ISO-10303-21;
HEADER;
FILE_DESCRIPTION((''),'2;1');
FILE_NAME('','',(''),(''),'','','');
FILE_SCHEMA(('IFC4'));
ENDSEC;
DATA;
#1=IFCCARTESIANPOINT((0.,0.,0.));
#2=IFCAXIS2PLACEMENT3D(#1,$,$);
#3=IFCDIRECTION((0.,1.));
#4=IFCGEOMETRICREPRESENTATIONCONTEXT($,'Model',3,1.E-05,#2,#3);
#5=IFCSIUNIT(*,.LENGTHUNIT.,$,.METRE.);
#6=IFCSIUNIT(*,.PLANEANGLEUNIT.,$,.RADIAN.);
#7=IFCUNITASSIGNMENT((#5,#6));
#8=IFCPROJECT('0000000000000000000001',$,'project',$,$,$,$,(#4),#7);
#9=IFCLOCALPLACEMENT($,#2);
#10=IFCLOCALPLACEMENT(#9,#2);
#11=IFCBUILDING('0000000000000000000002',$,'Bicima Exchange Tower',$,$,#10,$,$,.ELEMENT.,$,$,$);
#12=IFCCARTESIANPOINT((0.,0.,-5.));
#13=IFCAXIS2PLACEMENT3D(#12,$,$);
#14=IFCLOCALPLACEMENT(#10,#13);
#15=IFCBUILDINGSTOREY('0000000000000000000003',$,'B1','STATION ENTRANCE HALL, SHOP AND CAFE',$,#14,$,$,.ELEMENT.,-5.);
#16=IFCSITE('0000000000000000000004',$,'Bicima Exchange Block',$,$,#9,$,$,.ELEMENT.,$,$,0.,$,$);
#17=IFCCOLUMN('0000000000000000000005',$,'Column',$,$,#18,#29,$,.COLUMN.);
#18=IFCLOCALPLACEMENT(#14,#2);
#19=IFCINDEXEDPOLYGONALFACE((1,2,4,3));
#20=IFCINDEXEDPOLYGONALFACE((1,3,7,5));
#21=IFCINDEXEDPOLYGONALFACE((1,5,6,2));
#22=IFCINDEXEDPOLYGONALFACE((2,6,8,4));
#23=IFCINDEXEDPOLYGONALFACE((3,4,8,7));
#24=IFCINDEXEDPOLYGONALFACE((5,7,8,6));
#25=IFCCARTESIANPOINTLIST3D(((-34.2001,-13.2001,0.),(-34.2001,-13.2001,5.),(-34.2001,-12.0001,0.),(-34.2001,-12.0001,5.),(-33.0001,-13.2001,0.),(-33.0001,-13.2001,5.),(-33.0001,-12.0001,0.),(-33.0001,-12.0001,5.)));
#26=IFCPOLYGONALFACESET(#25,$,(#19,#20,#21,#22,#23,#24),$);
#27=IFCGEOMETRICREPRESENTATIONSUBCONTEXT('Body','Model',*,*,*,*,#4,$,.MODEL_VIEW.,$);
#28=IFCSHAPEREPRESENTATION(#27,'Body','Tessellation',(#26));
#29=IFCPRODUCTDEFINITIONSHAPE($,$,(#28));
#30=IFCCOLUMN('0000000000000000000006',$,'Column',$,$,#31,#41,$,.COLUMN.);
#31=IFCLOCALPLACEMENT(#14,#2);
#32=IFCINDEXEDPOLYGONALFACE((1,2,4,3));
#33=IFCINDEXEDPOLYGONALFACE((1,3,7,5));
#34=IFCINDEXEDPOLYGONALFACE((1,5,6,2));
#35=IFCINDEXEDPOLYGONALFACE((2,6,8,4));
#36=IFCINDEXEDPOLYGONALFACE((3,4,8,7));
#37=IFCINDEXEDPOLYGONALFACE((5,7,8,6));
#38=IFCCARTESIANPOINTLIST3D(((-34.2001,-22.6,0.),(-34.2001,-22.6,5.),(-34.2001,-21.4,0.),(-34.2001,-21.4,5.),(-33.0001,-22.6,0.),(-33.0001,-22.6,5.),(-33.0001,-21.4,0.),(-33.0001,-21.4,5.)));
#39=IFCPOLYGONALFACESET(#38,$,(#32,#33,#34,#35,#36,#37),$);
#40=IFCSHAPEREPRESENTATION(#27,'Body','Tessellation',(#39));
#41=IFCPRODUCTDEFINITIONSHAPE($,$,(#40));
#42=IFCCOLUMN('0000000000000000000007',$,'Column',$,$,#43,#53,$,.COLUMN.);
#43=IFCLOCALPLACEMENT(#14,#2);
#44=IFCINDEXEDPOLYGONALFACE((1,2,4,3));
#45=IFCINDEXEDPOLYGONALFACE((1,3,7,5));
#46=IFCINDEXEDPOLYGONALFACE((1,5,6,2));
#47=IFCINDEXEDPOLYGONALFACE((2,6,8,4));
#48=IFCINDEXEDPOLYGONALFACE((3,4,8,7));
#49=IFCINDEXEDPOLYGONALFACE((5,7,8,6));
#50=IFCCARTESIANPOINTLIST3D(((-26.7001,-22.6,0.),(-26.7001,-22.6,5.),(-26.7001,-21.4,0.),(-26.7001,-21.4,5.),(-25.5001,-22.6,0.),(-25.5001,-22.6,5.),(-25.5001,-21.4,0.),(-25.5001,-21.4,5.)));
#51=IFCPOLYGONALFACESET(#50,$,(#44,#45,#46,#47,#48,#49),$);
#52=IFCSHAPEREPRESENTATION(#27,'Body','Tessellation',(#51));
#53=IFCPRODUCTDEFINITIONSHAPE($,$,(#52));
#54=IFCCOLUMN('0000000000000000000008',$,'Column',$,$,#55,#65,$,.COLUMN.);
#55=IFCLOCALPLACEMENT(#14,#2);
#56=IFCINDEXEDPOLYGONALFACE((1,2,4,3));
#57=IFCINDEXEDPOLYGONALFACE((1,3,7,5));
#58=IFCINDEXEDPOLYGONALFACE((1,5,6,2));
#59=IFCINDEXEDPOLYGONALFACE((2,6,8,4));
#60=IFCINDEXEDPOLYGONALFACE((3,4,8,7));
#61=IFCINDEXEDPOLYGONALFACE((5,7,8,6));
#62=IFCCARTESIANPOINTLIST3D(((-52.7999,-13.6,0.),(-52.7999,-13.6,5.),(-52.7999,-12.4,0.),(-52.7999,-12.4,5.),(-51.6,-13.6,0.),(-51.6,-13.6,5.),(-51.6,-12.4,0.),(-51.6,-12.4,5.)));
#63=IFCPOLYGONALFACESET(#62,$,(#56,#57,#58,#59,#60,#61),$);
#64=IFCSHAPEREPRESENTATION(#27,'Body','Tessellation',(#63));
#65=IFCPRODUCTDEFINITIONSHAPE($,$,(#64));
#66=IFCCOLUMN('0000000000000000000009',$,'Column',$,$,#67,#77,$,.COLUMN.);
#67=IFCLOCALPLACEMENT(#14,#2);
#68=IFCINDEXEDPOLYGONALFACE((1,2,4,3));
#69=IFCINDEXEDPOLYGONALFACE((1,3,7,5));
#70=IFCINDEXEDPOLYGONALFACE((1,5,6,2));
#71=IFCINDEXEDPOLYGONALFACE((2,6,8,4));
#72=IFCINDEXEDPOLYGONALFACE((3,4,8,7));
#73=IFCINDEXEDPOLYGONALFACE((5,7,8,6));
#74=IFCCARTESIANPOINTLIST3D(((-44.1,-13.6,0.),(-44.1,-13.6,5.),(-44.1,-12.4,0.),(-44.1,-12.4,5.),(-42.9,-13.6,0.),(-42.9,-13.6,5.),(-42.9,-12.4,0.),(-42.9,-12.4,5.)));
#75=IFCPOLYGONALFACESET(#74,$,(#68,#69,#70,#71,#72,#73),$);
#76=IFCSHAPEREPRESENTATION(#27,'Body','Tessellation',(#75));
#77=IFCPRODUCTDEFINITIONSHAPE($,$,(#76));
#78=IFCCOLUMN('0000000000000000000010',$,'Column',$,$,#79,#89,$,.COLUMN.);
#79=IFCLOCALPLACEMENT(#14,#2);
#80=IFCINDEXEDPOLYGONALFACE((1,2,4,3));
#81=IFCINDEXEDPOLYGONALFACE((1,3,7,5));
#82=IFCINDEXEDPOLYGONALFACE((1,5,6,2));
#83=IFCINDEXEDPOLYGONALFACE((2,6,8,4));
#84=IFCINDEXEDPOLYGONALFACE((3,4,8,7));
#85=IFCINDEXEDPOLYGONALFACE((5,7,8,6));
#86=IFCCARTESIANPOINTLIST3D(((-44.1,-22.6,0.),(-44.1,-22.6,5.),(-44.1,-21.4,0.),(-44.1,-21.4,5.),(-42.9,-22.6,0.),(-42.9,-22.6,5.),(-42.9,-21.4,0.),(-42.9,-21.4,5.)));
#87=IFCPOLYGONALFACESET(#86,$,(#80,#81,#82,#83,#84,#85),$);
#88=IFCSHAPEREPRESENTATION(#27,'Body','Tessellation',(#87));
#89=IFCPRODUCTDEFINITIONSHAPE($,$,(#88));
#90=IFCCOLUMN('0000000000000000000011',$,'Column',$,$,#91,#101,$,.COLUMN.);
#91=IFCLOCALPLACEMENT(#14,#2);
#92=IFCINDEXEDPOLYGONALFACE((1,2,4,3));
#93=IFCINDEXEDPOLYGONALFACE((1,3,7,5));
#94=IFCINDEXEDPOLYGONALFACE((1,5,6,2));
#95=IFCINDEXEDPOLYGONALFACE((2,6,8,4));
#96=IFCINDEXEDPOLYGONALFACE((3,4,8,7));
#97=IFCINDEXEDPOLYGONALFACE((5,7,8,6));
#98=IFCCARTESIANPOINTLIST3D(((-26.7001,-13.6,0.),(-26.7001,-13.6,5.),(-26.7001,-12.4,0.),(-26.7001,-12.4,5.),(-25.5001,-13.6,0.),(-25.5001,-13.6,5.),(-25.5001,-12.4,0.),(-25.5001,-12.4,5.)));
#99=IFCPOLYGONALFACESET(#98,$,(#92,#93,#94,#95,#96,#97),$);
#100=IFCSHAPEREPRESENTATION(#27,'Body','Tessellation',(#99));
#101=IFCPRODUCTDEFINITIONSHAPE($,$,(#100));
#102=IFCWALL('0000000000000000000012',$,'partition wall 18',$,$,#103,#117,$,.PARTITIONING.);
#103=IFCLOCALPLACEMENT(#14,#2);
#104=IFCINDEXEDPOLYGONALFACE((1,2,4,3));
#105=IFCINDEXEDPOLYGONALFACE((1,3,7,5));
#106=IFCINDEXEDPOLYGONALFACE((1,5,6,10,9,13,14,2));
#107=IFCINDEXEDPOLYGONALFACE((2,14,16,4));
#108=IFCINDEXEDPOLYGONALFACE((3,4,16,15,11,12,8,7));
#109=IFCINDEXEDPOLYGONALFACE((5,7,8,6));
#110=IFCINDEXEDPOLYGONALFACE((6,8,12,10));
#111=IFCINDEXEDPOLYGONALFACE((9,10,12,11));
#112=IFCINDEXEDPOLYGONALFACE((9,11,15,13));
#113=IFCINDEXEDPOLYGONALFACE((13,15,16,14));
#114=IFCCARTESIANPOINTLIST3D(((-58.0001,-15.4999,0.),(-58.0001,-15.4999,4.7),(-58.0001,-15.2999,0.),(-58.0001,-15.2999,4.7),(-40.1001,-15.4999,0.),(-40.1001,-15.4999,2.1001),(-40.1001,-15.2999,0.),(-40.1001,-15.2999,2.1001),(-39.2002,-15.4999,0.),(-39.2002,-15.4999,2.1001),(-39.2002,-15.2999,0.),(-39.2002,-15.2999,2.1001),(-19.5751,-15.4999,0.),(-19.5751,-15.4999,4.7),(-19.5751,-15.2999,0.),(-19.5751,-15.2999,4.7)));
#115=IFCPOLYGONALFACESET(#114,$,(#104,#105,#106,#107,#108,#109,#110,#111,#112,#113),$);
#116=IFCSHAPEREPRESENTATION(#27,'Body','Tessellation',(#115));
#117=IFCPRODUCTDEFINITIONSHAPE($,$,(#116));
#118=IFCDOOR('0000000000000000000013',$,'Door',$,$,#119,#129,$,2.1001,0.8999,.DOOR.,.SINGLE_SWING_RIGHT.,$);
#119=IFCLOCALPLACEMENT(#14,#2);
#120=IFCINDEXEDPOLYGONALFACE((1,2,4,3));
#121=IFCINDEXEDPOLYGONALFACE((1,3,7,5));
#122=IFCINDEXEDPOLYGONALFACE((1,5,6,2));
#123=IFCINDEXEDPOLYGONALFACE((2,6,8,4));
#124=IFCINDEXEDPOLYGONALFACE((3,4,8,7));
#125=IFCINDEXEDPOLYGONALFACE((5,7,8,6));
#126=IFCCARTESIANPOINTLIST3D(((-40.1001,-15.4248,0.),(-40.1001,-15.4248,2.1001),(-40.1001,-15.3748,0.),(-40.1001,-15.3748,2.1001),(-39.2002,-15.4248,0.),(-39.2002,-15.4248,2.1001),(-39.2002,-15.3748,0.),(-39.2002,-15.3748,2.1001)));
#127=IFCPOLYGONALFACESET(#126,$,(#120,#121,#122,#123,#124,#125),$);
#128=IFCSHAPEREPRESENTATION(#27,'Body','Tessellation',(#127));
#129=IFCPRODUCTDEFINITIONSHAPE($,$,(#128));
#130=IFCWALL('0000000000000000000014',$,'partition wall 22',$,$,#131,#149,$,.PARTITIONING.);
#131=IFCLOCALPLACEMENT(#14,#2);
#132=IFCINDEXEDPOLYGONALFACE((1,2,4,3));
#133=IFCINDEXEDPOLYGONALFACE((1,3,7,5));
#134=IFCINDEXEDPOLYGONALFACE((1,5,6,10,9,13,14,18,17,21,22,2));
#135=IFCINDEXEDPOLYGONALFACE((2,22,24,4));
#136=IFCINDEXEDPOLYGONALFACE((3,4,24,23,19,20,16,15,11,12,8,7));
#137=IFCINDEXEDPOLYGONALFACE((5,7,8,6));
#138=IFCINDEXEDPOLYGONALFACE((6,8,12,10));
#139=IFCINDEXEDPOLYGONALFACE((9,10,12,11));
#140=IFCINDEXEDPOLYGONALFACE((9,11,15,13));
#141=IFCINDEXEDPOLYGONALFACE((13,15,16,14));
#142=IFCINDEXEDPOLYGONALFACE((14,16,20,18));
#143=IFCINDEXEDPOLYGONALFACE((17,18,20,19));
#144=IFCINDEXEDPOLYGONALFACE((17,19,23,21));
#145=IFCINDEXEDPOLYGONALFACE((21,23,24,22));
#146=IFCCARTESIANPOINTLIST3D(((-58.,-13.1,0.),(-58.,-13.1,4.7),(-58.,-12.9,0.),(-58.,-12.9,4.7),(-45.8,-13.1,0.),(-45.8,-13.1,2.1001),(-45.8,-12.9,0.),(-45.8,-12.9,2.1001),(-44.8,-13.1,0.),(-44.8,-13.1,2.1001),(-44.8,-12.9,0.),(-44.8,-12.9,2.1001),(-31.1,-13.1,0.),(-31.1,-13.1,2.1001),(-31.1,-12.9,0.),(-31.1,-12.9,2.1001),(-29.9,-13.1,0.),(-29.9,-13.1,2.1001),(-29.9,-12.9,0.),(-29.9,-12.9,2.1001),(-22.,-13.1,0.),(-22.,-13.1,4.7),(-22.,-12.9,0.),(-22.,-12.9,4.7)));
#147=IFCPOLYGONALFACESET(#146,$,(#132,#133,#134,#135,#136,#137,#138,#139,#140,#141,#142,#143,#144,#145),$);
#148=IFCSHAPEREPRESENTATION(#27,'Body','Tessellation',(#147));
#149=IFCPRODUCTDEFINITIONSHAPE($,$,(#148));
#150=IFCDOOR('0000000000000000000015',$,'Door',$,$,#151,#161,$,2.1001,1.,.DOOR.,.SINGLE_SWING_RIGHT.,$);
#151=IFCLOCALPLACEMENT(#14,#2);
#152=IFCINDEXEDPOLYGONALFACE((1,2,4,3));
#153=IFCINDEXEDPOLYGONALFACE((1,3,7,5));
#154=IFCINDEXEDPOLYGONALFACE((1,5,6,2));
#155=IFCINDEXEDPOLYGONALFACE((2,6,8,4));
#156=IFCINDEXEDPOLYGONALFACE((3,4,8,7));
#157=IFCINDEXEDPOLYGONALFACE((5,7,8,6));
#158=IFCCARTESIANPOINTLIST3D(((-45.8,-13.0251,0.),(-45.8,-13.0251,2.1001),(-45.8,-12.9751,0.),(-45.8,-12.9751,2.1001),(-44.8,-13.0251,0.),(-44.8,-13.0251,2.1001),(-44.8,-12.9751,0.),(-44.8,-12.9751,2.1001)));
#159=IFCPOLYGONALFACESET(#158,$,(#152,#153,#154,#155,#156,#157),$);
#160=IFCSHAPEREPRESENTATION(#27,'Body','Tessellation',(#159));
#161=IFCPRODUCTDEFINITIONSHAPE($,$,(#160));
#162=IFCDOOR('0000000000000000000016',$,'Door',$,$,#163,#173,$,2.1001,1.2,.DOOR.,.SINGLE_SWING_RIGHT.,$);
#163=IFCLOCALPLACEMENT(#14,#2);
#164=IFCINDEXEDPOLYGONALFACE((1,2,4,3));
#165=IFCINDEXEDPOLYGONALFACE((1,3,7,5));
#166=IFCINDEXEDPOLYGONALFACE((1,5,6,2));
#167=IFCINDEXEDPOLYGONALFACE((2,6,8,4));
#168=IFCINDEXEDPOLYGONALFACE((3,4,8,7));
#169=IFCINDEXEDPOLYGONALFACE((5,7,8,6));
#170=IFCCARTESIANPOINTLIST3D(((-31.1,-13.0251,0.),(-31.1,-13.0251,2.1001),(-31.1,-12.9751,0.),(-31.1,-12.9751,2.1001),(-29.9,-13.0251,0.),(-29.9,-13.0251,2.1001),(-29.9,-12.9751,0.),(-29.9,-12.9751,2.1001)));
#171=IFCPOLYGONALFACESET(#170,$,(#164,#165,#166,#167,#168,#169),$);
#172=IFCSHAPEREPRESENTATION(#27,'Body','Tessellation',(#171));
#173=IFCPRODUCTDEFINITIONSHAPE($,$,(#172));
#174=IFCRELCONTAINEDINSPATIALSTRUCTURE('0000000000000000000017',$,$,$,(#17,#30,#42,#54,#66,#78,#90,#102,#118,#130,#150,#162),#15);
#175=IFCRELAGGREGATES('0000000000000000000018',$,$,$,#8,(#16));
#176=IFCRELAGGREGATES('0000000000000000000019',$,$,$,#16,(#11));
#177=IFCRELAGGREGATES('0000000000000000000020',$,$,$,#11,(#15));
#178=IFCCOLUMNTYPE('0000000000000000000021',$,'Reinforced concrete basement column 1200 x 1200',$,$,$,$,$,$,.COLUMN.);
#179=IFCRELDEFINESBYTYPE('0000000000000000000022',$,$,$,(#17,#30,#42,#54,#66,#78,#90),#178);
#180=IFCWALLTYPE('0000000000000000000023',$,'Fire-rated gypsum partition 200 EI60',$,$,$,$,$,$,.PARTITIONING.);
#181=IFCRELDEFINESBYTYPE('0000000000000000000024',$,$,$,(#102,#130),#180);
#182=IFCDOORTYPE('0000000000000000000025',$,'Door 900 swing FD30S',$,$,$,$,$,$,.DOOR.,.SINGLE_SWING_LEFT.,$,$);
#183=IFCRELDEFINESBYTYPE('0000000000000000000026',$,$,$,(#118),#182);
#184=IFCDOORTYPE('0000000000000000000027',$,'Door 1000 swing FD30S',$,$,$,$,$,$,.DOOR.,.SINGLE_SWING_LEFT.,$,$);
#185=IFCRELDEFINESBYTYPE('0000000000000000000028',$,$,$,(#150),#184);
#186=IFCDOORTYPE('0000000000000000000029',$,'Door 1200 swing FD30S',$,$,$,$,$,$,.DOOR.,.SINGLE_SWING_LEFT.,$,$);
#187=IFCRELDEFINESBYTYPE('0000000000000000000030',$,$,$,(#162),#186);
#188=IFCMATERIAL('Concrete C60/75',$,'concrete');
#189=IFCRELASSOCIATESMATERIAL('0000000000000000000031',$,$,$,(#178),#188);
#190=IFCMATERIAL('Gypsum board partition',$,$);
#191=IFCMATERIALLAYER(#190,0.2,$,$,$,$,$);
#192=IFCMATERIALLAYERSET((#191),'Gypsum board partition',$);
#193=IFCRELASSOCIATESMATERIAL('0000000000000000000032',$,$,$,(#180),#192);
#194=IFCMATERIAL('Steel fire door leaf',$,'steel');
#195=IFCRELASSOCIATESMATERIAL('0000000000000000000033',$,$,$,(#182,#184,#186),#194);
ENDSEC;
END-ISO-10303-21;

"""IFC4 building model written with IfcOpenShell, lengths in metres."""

from ifc_helpers import new_model, si_unit, direction, frame, frame_2d, origin, origin_2d, place, context, subcontext, project, spatial, rectangle, extrude, material, layer, layer_set, material_profile, profile_set, type_object, element, fill, save


model = new_model("IFC4")

# Units and contexts
model_context = context("Model", 3, precision=1e-05, world=origin(), true_north=direction((0.0, 1.0)))
body_context = subcontext(model_context, "Body", "Model", "MODEL_VIEW")
ifc_project = project(units=[si_unit("LENGTHUNIT", "METRE"), si_unit("PLANEANGLEUNIT", "RADIAN")], contexts=[model_context])

# Site, building, storey
site_placement = place(None, origin())
site = spatial("IfcSite", under=ifc_project, at=site_placement, Name="Bicima Exchange Block", CompositionType="ELEMENT", RefElevation=0.0)
building_placement = place(site_placement, origin())
building = spatial("IfcBuilding", under=site, at=building_placement, Name="Bicima Exchange Tower", CompositionType="ELEMENT")
storey_placement = place(building_placement, frame((0.0, 0.0, -5.0)))
storey = spatial("IfcBuildingStorey", under=building, at=storey_placement, Name="B1", Description="STATION ENTRANCE HALL, SHOP AND CAFE", CompositionType="ELEMENT", Elevation=-5.0)

# Columns
ifc_material_1 = material(Name="Concrete C60/75", Category="concrete")
ifc_material_profile = material_profile(ifc_material_1, rectangle(XDim=1.2, YDim=1.2, at=origin_2d()))
ifc_profile_set = profile_set([ifc_material_profile], Name="Concrete C60/75")
column_type = type_object("IfcColumnType", Name="Reinforced concrete basement column 1200 x 1200", PredefinedType="COLUMN", material=ifc_profile_set)
for number, where, z_axis, x_axis, name in (
    (1, (-33.6001, -12.6001, 0.0), (0.0, 0.0, 1.0), (1.0, 0.0, 0.0), "Column"),
    (2, (-33.6001, -22.0, 0.0), (0.0, 0.0, 1.0), (1.0, 0.0, 0.0), "Column"),
    (3, (-26.1001, -22.0, 0.0), (0.0, 0.0, 1.0), (1.0, 0.0, 0.0), "Column"),
    (4, (-52.2, -13.0, 0.0), (0.0, 0.0, 1.0), (1.0, 0.0, 0.0), "Column"),
    (5, (-43.5, -13.0, 0.0), (0.0, 0.0, 1.0), (1.0, 0.0, 0.0), "Column"),
    (6, (-43.5, -22.0, 0.0), (0.0, 0.0, 1.0), (1.0, 0.0, 0.0), "Column"),
    (7, (-26.1001, -13.0, 0.0), (0.0, 0.0, 1.0), (1.0, 0.0, 0.0), "Column"),
):
    element("IfcColumn", number, at=place(storey_placement, frame(where, z_axis=z_axis, x_axis=x_axis)), inside=storey, type_object=column_type, Name=name, PredefinedType="COLUMN", context=body_context, shape_type="SweptSolid", body=[
        extrude(rectangle(XDim=1.2, YDim=1.2, at=origin_2d()), origin(), (0.0, 0.0, 1.0), 5.0),
    ])

# Wall, opening, door
ifc_material_2 = material(Name="Gypsum board partition")
ifc_layer_1 = layer(ifc_material_2, 0.2)
ifc_layer_set_1 = layer_set([ifc_layer_1], Name="Gypsum board partition")
wall_type_1 = type_object("IfcWallType", Name="Fire-rated gypsum partition 200 EI60", PredefinedType="PARTITIONING", material=ifc_layer_set_1)
wall_1_placement = place(storey_placement, frame((-58.0, -15.3999, 0.0), z_axis=(0.0, 0.0, 1.0), x_axis=(1.0, 0.0, 0.0)))
wall_1 = element("IfcWall", 8, at=wall_1_placement, inside=storey, type_object=wall_type_1, Name="partition wall 18", PredefinedType="PARTITIONING", context=body_context, shape_type="SweptSolid", body=[
    extrude(rectangle(XDim=38.425, YDim=0.2, at=frame_2d((19.2124, 0.0))), origin(), (0.0, 0.0, 1.0), 4.7),
])
opening_1_placement = place(wall_1_placement, frame((17.8999, 0.0, 0.0)))
opening_1 = element("IfcOpeningElement", 9, at=opening_1_placement, cuts=wall_1, PredefinedType="OPENING", context=body_context, shape_type="SweptSolid", body=[
    extrude(rectangle(XDim=0.8999, YDim=2.1001, at=frame_2d((0.45, 1.05))), frame((0.0, 0.1118, 0.0), z_axis=(0.0, -1.0, 0.0), x_axis=(1.0, 0.0, 0.0)), (0.0, 0.0, 1.0), 0.2239),
])
ifc_material_3 = material(Name="Steel fire door leaf", Category="steel")
door_type_1 = type_object("IfcDoorType", Name="Door 900 swing FD30S", OperationType="SINGLE_SWING_LEFT", PredefinedType="DOOR", material=ifc_material_3)
door_1_placement = place(opening_1_placement, frame((0.8999, 0.0, 0.0), z_axis=(0.0, 0.0, 1.0), x_axis=(-1.0, 0.0, 0.0)))
door_1 = element("IfcDoor", 10, at=door_1_placement, inside=storey, type_object=door_type_1, Name="Door", OperationType="SINGLE_SWING_RIGHT", OverallHeight=2.1001, OverallWidth=0.8999, PredefinedType="DOOR", context=body_context, shape_type="SweptSolid", body=[
    extrude(rectangle(XDim=0.8999, YDim=2.1001, at=frame_2d((0.45, 1.05))), frame((0.0, 0.0249, 0.0), z_axis=(0.0, -1.0, 0.0), x_axis=(1.0, 0.0, 0.0)), (0.0, 0.0, 1.0), 0.05),
])
fill(opening_1, door_1)

# Wall, openings, doors
wall_2_placement = place(storey_placement, frame((-58.0, -13.0, 0.0), z_axis=(0.0, 0.0, 1.0), x_axis=(1.0, 0.0, 0.0)))
wall_2 = element("IfcWall", 11, at=wall_2_placement, inside=storey, type_object=wall_type_1, Name="partition wall 22", PredefinedType="PARTITIONING", context=body_context, shape_type="SweptSolid", body=[
    extrude(rectangle(XDim=36.0, YDim=0.2, at=frame_2d((18.0, 0.0))), origin(), (0.0, 0.0, 1.0), 4.7),
])
opening_2_placement = place(wall_2_placement, frame((26.8999, 0.0, 0.0)))
opening_2 = element("IfcOpeningElement", 12, at=opening_2_placement, cuts=wall_2, PredefinedType="OPENING", context=body_context, shape_type="SweptSolid", body=[
    extrude(rectangle(XDim=1.2, YDim=2.1001, at=frame_2d((0.6001, 1.05))), frame((0.0, 0.1118, 0.0), z_axis=(0.0, -1.0, 0.0), x_axis=(1.0, 0.0, 0.0)), (0.0, 0.0, 1.0), 0.2239),
])
opening_3_placement = place(wall_2_placement, frame((12.2, 0.0, 0.0)))
opening_3 = element("IfcOpeningElement", 13, at=opening_3_placement, cuts=wall_2, PredefinedType="OPENING", context=body_context, shape_type="SweptSolid", body=[
    extrude(rectangle(XDim=1.0, YDim=2.1001, at=frame_2d((0.5, 1.05))), frame((0.0, 0.1118, 0.0), z_axis=(0.0, -1.0, 0.0), x_axis=(1.0, 0.0, 0.0)), (0.0, 0.0, 1.0), 0.2239),
])
door_type_2 = type_object("IfcDoorType", Name="Door 1000 swing FD30S", OperationType="SINGLE_SWING_LEFT", PredefinedType="DOOR", material=ifc_material_3)
door_2_placement = place(opening_3_placement, origin())
door_2 = element("IfcDoor", 14, at=door_2_placement, inside=storey, type_object=door_type_2, Name="Door", OperationType="SINGLE_SWING_RIGHT", OverallHeight=2.1001, OverallWidth=1.0, PredefinedType="DOOR", context=body_context, shape_type="SweptSolid", body=[
    extrude(rectangle(XDim=1.0, YDim=2.1001, at=frame_2d((0.5, 1.05))), frame((0.0, 0.0249, 0.0), z_axis=(0.0, -1.0, 0.0), x_axis=(1.0, 0.0, 0.0)), (0.0, 0.0, 1.0), 0.05),
])
fill(opening_3, door_2)
door_type_3 = type_object("IfcDoorType", Name="Door 1200 swing FD30S", OperationType="SINGLE_SWING_LEFT", PredefinedType="DOOR", material=ifc_material_3)
door_3_placement = place(opening_2_placement, origin())
door_3 = element("IfcDoor", 15, at=door_3_placement, inside=storey, type_object=door_type_3, Name="Door", OperationType="SINGLE_SWING_RIGHT", OverallHeight=2.1001, OverallWidth=1.2, PredefinedType="DOOR", context=body_context, shape_type="SweptSolid", body=[
    extrude(rectangle(XDim=1.2, YDim=2.1001, at=frame_2d((0.6001, 1.05))), frame((0.0, 0.0249, 0.0), z_axis=(0.0, -1.0, 0.0), x_axis=(1.0, 0.0, 0.0)), (0.0, 0.0, 1.0), 0.05),
])
fill(opening_2, door_3)

save(model, "model.ifc")
